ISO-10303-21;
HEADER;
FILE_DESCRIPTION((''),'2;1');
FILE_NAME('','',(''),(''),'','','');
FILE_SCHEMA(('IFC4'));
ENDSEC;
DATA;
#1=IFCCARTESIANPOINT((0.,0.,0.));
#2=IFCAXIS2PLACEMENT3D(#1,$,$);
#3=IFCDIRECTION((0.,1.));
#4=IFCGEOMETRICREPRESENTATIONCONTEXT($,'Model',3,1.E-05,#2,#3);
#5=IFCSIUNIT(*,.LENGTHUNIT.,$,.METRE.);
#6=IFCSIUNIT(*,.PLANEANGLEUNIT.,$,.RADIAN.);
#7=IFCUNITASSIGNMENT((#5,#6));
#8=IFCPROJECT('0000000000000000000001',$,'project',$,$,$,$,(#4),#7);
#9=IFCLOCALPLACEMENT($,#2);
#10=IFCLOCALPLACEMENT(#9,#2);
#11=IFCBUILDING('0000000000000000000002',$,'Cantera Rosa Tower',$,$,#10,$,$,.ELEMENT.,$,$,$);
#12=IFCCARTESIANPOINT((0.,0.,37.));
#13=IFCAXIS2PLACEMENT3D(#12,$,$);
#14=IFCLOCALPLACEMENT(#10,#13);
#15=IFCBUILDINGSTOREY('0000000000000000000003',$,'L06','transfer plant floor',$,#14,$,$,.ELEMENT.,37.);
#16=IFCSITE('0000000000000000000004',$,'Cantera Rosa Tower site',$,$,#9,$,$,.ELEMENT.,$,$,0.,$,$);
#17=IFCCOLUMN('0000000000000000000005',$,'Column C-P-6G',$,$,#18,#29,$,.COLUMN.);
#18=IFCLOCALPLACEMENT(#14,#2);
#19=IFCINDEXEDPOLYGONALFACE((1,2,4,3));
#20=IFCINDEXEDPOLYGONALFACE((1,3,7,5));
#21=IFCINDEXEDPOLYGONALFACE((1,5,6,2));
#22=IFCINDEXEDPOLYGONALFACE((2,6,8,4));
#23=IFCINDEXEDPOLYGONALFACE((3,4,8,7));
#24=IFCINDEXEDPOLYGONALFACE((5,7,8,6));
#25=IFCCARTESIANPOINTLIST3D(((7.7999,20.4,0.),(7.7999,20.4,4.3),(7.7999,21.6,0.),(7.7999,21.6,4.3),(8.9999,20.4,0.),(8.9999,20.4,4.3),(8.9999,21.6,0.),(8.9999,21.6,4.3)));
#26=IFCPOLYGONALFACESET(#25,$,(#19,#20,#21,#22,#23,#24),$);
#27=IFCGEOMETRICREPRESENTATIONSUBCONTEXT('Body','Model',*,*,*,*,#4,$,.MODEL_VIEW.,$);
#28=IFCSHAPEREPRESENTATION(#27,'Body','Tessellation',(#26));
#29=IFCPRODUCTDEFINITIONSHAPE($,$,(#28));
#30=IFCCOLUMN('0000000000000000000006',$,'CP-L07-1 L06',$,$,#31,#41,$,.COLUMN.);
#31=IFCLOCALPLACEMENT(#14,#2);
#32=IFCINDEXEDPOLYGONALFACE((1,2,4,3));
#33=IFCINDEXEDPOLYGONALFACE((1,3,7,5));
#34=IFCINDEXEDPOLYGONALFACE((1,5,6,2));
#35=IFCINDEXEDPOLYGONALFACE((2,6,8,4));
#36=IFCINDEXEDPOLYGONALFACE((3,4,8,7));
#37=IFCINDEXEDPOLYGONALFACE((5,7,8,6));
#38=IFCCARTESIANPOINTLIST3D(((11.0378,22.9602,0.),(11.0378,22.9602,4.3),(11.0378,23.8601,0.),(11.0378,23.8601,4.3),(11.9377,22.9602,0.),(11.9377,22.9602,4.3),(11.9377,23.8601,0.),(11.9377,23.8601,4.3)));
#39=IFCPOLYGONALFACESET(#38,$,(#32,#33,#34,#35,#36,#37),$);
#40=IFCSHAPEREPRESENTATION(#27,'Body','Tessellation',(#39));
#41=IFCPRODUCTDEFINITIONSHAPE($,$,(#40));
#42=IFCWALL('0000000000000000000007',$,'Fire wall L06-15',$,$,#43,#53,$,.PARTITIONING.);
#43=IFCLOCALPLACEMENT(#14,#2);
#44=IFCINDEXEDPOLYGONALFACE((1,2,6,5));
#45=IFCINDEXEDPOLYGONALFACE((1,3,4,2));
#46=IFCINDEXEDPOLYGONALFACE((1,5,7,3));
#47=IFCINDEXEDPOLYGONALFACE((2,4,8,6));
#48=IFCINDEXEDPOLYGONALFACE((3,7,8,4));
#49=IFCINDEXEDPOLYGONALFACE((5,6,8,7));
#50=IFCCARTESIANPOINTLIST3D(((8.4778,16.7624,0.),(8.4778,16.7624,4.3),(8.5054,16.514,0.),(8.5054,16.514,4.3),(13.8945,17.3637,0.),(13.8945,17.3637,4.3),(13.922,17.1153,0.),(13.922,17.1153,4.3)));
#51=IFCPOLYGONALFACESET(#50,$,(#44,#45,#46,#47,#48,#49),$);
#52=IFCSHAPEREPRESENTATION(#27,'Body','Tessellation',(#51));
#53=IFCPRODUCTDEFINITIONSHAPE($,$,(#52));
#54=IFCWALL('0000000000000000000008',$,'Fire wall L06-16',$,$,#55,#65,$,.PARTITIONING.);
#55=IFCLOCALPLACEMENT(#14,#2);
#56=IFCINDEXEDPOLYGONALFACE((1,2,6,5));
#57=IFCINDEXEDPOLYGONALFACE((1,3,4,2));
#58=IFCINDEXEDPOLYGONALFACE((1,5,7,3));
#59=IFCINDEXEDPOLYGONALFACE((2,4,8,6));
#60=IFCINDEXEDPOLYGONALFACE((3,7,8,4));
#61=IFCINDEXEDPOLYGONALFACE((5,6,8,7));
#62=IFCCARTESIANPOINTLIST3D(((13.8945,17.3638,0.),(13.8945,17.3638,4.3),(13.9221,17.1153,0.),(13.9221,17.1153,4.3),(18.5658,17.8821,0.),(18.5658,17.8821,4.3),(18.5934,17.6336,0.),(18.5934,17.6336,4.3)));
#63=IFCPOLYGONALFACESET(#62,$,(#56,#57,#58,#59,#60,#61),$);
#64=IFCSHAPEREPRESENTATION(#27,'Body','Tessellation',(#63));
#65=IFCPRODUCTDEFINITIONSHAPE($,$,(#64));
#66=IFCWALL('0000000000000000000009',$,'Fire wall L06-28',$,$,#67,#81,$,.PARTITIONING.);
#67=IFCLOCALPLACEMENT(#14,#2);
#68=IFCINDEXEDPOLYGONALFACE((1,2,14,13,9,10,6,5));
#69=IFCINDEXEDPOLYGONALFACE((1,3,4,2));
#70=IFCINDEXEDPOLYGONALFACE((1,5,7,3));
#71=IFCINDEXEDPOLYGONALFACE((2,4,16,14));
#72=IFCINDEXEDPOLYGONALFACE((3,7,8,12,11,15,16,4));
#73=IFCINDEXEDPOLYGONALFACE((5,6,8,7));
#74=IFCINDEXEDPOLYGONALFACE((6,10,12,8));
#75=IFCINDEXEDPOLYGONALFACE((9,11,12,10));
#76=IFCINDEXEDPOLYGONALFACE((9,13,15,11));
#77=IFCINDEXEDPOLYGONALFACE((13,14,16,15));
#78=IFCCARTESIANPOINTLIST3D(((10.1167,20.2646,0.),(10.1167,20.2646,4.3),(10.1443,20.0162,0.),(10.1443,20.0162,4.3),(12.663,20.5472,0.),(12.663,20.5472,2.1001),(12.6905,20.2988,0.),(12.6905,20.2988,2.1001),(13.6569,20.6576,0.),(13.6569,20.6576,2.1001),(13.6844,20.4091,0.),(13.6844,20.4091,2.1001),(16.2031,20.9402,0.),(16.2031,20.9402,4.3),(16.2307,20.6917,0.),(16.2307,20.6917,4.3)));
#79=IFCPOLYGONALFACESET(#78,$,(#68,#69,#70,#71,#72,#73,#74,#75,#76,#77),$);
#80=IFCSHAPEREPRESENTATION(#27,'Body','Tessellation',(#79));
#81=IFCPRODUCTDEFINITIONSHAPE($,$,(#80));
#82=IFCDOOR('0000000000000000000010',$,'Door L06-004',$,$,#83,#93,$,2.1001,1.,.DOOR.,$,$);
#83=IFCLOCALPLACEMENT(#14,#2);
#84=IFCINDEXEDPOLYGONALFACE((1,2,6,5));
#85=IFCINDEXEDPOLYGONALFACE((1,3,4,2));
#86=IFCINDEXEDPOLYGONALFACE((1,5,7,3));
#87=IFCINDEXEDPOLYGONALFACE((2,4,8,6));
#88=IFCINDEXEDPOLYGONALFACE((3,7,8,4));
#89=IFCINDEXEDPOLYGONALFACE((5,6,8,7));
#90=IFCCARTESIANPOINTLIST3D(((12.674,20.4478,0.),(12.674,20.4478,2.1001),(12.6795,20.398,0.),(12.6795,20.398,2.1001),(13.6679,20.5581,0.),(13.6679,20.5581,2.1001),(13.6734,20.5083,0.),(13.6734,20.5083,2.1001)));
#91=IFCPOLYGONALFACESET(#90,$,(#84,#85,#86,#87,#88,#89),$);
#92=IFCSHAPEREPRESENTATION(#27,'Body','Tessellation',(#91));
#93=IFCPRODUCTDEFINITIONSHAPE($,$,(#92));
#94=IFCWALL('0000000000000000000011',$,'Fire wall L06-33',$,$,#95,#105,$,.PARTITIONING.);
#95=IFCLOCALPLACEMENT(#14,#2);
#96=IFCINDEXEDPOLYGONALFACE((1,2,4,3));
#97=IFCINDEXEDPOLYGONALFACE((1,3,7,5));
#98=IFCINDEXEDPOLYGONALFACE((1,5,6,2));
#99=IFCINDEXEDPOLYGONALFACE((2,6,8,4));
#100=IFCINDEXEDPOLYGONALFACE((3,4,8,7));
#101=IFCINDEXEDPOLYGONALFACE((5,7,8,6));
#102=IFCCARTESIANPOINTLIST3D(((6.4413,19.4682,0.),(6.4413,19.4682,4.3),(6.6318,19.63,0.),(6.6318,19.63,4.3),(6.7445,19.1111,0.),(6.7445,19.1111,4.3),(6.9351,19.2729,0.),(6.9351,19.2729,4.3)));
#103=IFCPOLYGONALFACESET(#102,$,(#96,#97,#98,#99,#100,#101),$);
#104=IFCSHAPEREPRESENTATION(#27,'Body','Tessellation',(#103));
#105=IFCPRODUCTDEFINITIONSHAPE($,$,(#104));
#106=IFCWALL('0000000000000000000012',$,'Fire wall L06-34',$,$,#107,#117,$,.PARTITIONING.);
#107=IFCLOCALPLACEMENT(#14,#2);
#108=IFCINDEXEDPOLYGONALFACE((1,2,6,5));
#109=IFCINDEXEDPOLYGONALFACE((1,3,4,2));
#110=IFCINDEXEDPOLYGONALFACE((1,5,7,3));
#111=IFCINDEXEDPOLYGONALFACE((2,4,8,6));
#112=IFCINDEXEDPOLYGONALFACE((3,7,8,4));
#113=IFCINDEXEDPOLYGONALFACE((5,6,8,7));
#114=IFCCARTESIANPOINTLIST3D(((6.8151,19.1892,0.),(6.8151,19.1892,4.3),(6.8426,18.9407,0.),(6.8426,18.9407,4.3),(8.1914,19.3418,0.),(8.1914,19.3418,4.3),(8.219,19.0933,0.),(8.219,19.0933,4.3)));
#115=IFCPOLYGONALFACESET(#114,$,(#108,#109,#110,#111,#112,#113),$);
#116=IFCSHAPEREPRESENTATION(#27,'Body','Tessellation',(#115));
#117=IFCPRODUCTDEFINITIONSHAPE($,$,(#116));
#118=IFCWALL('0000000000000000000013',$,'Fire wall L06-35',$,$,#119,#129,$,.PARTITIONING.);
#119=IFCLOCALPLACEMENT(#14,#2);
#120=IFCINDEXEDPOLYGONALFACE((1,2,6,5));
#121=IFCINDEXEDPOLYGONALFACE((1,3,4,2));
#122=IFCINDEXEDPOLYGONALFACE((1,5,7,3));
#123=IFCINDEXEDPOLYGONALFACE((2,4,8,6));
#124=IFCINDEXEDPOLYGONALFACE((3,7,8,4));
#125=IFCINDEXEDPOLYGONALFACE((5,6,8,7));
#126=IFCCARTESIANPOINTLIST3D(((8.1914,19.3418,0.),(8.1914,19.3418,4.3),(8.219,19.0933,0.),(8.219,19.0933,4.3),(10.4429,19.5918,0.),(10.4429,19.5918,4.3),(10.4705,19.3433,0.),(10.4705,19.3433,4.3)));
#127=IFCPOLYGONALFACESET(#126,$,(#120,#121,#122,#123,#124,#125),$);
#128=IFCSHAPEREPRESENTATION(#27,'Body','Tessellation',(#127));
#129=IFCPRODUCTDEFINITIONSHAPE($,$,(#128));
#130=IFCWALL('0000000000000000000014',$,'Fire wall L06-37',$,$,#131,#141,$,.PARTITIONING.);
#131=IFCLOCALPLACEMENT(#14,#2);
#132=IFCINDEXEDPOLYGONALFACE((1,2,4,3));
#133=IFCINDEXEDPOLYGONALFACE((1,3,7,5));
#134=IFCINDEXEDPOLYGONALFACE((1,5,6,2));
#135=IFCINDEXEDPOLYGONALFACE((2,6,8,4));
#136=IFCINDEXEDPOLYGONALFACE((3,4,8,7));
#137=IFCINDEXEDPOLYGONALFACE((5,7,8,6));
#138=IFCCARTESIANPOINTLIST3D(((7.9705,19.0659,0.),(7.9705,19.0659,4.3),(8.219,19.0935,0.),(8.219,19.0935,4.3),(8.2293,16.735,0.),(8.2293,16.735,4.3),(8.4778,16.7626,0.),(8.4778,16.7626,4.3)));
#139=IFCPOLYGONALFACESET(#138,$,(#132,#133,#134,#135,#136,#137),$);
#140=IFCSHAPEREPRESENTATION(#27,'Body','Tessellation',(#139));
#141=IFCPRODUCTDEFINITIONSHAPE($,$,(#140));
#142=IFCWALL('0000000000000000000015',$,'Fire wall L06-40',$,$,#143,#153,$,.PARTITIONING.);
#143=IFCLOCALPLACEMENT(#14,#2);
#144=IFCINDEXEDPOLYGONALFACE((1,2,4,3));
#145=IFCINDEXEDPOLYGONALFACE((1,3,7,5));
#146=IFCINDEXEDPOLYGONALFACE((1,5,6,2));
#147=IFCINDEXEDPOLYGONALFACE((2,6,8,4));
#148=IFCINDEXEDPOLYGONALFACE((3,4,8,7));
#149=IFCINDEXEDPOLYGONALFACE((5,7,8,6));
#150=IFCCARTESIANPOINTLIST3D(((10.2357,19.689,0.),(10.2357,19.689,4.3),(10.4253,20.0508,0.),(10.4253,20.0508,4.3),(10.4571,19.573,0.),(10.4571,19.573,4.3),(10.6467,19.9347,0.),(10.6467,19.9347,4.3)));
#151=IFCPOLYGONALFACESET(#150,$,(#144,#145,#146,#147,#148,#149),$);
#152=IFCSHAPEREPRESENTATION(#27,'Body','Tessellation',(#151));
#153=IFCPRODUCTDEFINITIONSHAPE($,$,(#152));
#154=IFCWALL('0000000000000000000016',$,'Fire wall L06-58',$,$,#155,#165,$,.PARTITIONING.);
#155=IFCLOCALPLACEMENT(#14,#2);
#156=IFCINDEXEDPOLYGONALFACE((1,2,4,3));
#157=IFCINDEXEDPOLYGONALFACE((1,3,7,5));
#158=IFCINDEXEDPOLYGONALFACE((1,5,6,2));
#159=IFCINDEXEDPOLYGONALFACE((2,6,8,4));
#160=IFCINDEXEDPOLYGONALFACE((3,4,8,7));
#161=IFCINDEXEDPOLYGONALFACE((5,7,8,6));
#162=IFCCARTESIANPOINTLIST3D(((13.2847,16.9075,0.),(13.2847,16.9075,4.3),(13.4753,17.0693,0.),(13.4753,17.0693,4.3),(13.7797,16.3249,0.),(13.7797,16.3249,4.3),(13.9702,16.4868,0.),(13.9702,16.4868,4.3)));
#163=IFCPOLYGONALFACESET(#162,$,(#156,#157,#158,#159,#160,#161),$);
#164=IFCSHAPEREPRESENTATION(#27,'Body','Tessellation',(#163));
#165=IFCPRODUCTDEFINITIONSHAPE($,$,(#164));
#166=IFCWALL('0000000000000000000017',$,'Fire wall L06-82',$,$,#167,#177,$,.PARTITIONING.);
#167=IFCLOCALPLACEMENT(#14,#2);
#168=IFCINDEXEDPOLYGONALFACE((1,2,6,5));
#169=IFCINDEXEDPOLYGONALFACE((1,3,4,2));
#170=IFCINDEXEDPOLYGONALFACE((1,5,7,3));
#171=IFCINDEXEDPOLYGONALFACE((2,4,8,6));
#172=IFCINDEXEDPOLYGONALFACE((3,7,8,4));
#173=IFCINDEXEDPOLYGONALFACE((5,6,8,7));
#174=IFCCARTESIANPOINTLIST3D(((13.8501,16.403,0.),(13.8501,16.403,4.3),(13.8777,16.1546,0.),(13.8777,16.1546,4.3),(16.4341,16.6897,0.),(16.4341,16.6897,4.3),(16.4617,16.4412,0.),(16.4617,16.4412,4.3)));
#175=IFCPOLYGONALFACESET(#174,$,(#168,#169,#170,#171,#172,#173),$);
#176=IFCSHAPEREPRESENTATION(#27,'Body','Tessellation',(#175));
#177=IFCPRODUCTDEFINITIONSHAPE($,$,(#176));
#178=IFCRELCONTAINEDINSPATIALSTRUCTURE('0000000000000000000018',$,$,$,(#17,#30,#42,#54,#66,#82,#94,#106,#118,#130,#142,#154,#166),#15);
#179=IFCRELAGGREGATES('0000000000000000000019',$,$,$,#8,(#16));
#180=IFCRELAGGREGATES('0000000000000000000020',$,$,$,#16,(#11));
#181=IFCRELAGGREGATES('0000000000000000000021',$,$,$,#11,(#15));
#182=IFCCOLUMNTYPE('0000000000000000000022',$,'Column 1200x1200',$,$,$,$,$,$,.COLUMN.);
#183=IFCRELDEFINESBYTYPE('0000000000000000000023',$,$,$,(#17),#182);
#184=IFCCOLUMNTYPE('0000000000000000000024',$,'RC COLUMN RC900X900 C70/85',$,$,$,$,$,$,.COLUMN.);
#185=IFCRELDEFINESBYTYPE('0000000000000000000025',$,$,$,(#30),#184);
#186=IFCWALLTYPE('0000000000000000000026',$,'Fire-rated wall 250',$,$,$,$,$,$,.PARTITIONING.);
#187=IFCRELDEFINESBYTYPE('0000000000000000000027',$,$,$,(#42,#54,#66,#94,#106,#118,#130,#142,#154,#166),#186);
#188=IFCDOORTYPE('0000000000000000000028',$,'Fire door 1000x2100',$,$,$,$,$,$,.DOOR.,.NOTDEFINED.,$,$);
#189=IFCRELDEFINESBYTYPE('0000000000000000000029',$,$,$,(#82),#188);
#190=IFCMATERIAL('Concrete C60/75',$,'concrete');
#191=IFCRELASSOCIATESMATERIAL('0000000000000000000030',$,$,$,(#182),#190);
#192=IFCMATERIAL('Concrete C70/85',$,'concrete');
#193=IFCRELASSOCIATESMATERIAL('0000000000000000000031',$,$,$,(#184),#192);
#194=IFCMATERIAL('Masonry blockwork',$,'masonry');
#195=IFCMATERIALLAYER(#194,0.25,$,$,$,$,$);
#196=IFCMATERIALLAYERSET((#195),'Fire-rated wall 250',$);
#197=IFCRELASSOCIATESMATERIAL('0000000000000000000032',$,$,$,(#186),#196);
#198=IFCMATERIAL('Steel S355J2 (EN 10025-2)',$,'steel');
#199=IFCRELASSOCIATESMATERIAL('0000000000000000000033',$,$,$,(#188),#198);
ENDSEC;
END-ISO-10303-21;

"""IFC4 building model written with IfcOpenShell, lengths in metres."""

from ifc_helpers import new_model, si_unit, direction, frame, frame_2d, origin, origin_2d, place, context, subcontext, project, spatial, rectangle, extrude, material, layer, layer_set, material_profile, profile_set, type_object, element, fill, save


model = new_model("IFC4")

# Units and contexts
model_context = context("Model", 3, precision=1e-05, world=origin(), true_north=direction((0.0, 1.0)))
body_context = subcontext(model_context, "Body", "Model", "MODEL_VIEW")
ifc_project = project(units=[si_unit("LENGTHUNIT", "METRE"), si_unit("PLANEANGLEUNIT", "RADIAN")], contexts=[model_context])

# Site, building, storey
site_placement = place(None, origin())
site = spatial("IfcSite", under=ifc_project, at=site_placement, Name="Cantera Rosa Tower site", CompositionType="ELEMENT", RefElevation=0.0)
building_placement = place(site_placement, origin())
building = spatial("IfcBuilding", under=site, at=building_placement, Name="Cantera Rosa Tower", CompositionType="ELEMENT")
storey_placement = place(building_placement, frame((0.0, 0.0, 37.0)))
storey = spatial("IfcBuildingStorey", under=building, at=storey_placement, Name="L06", Description="transfer plant floor", CompositionType="ELEMENT", Elevation=37.0)

# Columns
ifc_material_1 = material(Name="Concrete C60/75", Category="concrete")
ifc_material_profile_1 = material_profile(ifc_material_1, rectangle(XDim=1.2, YDim=1.2, at=origin_2d()), Name="Column 1200x1200")
ifc_profile_set_1 = profile_set([ifc_material_profile_1], Name="Concrete C60/75")
column_type_1 = type_object("IfcColumnType", Name="Column 1200x1200", PredefinedType="COLUMN", material=ifc_profile_set_1)
column_1_placement = place(storey_placement, frame((8.3999, 21.0, 0.0), z_axis=(0.0, 0.0, 1.0), x_axis=(1.0, 0.0, 0.0)))
element("IfcColumn", 1, at=column_1_placement, inside=storey, type_object=column_type_1, Name="Column C-P-6G", PredefinedType="COLUMN", context=body_context, shape_type="SweptSolid", body=[
    extrude(rectangle(XDim=1.2, YDim=1.2, at=origin_2d()), origin(), (0.0, 0.0, 1.0), 4.3),
])
ifc_material_2 = material(Name="Concrete C70/85", Category="concrete")
ifc_material_profile_2 = material_profile(ifc_material_2, rectangle(XDim=0.8999, YDim=0.8999, at=origin_2d()), Name="RC COLUMN RC900X900 C70/85")
ifc_profile_set_2 = profile_set([ifc_material_profile_2], Name="Concrete C70/85")
column_type_2 = type_object("IfcColumnType", Name="RC COLUMN RC900X900 C70/85", PredefinedType="COLUMN", material=ifc_profile_set_2)
column_2_placement = place(storey_placement, frame((11.4878, 23.4102, 0.0), z_axis=(0.0, 0.0, 1.0), x_axis=(1.0, 0.0, 0.0)))
element("IfcColumn", 2, at=column_2_placement, inside=storey, type_object=column_type_2, Name="CP-L07-1 L06", PredefinedType="COLUMN", context=body_context, shape_type="SweptSolid", body=[
    extrude(rectangle(XDim=0.8999, YDim=0.8999, at=origin_2d()), origin(), (0.0, 0.0, 1.0), 4.3),
])

# Walls
ifc_material_3 = material(Name="Masonry blockwork", Category="masonry")
ifc_layer_1 = layer(ifc_material_3, 0.25)
ifc_layer_set_1 = layer_set([ifc_layer_1], Name="Fire-rated wall 250")
wall_type_1 = type_object("IfcWallType", Name="Fire-rated wall 250", PredefinedType="PARTITIONING", material=ifc_layer_set_1)
wall_1_placement = place(storey_placement, frame((8.4915, 16.6382, 0.0), z_axis=(0.0, 0.0, 1.0), x_axis=(0.993895, 0.110333, 0.0)))
element("IfcWall", 3, at=wall_1_placement, inside=storey, type_object=wall_type_1, Name="Fire wall L06-15", PredefinedType="PARTITIONING", context=body_context, shape_type="SweptSolid", body=[
    extrude(rectangle(XDim=5.45, YDim=0.25, at=frame_2d((2.7251, 0.0))), origin(), (0.0, 0.0, 1.0), 4.3),
])
wall_2_placement = place(storey_placement, frame((13.9082, 17.2395, 0.0), z_axis=(0.0, 0.0, 1.0), x_axis=(0.993901, 0.110278, 0.0)))
element("IfcWall", 4, at=wall_2_placement, inside=storey, type_object=wall_type_1, Name="Fire wall L06-16", PredefinedType="PARTITIONING", context=body_context, shape_type="SweptSolid", body=[
    extrude(rectangle(XDim=4.7, YDim=0.25, at=frame_2d((2.3501, 0.0))), origin(), (0.0, 0.0, 1.0), 4.3),
])

# Wall, opening, door
wall_3_placement = place(storey_placement, frame((10.1304, 20.1404, 0.0), z_axis=(0.0, 0.0, 1.0), x_axis=(0.993897, 0.110313, 0.0)))
wall_3 = element("IfcWall", 5, at=wall_3_placement, inside=storey, type_object=wall_type_1, Name="Fire wall L06-28", PredefinedType="PARTITIONING", context=body_context, shape_type="SweptSolid", body=[
    extrude(rectangle(XDim=6.1238, YDim=0.25, at=frame_2d((3.062, 0.0))), origin(), (0.0, 0.0, 1.0), 4.3),
])
opening_placement = place(wall_3_placement, frame((2.562, 0.0, 0.0)))
opening = element("IfcOpeningElement", 6, at=opening_placement, cuts=wall_3, PredefinedType="OPENING", context=body_context, shape_type="SweptSolid", body=[
    extrude(rectangle(XDim=1.0, YDim=2.1001, at=frame_2d((0.5, 1.05))), frame((0.0, 0.135, 0.0), z_axis=(0.0, -1.0, 0.0), x_axis=(1.0, 0.0, 0.0)), (0.0, 0.0, 1.0), 0.27),
])
ifc_material_4 = material(Name="Steel S355J2 (EN 10025-2)", Category="steel")
door_type = type_object("IfcDoorType", Name="Fire door 1000x2100", OperationType="NOTDEFINED", PredefinedType="DOOR", material=ifc_material_4)
door_placement = place(opening_placement, origin())
door = element("IfcDoor", 7, at=door_placement, inside=storey, type_object=door_type, Name="Door L06-004", OverallHeight=2.1001, OverallWidth=1.0, PredefinedType="DOOR", context=body_context, shape_type="SweptSolid", body=[
    extrude(rectangle(XDim=1.0, YDim=2.1001, at=frame_2d((0.5, 1.05))), frame((0.0, 0.0249, 0.0), z_axis=(0.0, -1.0, 0.0), x_axis=(1.0, 0.0, 0.0)), (0.0, 0.0, 1.0), 0.05),
])
fill(opening, door)

# Walls
wall_4_placement = place(storey_placement, frame((6.8398, 19.1919, 0.0), z_axis=(0.0, 0.0, 1.0), x_axis=(-0.647179, 0.762338, 0.0)))
element("IfcWall", 8, at=wall_4_placement, inside=storey, type_object=wall_type_1, Name="Fire wall L06-33", PredefinedType="PARTITIONING", context=body_context, shape_type="SweptSolid", body=[
    extrude(rectangle(XDim=0.4685, YDim=0.25, at=frame_2d((0.2344, 0.0))), origin(), (0.0, 0.0, 1.0), 4.3),
])
wall_5_placement = place(storey_placement, frame((6.8289, 19.0649, 0.0), z_axis=(0.0, 0.0, 1.0), x_axis=(0.99391, 0.110199, 0.0)))
element("IfcWall", 9, at=wall_5_placement, inside=storey, type_object=wall_type_1, Name="Fire wall L06-34", PredefinedType="PARTITIONING", context=body_context, shape_type="SweptSolid", body=[
    extrude(rectangle(XDim=1.3848, YDim=0.25, at=frame_2d((0.6924, 0.0))), origin(), (0.0, 0.0, 1.0), 4.3),
])
wall_6_placement = place(storey_placement, frame((8.2051, 19.2175, 0.0), z_axis=(0.0, 0.0, 1.0), x_axis=(0.993892, 0.110361, 0.0)))
element("IfcWall", 10, at=wall_6_placement, inside=storey, type_object=wall_type_1, Name="Fire wall L06-35", PredefinedType="PARTITIONING", context=body_context, shape_type="SweptSolid", body=[
    extrude(rectangle(XDim=2.2654, YDim=0.25, at=frame_2d((1.1328, 0.0))), origin(), (0.0, 0.0, 1.0), 4.3),
])
wall_7_placement = place(storey_placement, frame((8.3535, 16.7488, 0.0), z_axis=(0.0, 0.0, 1.0), x_axis=(-0.110352, 0.993893, 0.0)))
element("IfcWall", 11, at=wall_7_placement, inside=storey, type_object=wall_type_1, Name="Fire wall L06-37", PredefinedType="PARTITIONING", context=body_context, shape_type="SweptSolid", body=[
    extrude(rectangle(XDim=2.3452, YDim=0.25, at=frame_2d((1.1726, 0.0))), origin(), (0.0, 0.0, 1.0), 4.3),
])
wall_8_placement = place(storey_placement, frame((10.3464, 19.6311, 0.0), z_axis=(0.0, 0.0, 1.0), x_axis=(0.464342, 0.885656, 0.0)))
element("IfcWall", 12, at=wall_8_placement, inside=storey, type_object=wall_type_1, Name="Fire wall L06-40", PredefinedType="PARTITIONING", context=body_context, shape_type="SweptSolid", body=[
    extrude(rectangle(XDim=0.4084, YDim=0.25, at=frame_2d((0.2041, 0.0))), origin(), (0.0, 0.0, 1.0), 4.3),
])
wall_9_placement = place(storey_placement, frame((13.875, 16.4058, 0.0), z_axis=(0.0, 0.0, 1.0), x_axis=(-0.647444, 0.762113, 0.0)))
element("IfcWall", 13, at=wall_9_placement, inside=storey, type_object=wall_type_1, Name="Fire wall L06-58", PredefinedType="PARTITIONING", context=body_context, shape_type="SweptSolid", body=[
    extrude(rectangle(XDim=0.7644, YDim=0.25, at=frame_2d((0.3823, 0.0))), origin(), (0.0, 0.0, 1.0), 4.3),
])
wall_10_placement = place(storey_placement, frame((13.864, 16.2788, 0.0), z_axis=(0.0, 0.0, 1.0), x_axis=(0.993904, 0.110246, 0.0)))
element("IfcWall", 14, at=wall_10_placement, inside=storey, type_object=wall_type_1, Name="Fire wall L06-82", PredefinedType="PARTITIONING", context=body_context, shape_type="SweptSolid", body=[
    extrude(rectangle(XDim=2.5999, YDim=0.25, at=frame_2d((1.2998, 0.0))), origin(), (0.0, 0.0, 1.0), 4.3),
])

save(model, "model.ifc")
